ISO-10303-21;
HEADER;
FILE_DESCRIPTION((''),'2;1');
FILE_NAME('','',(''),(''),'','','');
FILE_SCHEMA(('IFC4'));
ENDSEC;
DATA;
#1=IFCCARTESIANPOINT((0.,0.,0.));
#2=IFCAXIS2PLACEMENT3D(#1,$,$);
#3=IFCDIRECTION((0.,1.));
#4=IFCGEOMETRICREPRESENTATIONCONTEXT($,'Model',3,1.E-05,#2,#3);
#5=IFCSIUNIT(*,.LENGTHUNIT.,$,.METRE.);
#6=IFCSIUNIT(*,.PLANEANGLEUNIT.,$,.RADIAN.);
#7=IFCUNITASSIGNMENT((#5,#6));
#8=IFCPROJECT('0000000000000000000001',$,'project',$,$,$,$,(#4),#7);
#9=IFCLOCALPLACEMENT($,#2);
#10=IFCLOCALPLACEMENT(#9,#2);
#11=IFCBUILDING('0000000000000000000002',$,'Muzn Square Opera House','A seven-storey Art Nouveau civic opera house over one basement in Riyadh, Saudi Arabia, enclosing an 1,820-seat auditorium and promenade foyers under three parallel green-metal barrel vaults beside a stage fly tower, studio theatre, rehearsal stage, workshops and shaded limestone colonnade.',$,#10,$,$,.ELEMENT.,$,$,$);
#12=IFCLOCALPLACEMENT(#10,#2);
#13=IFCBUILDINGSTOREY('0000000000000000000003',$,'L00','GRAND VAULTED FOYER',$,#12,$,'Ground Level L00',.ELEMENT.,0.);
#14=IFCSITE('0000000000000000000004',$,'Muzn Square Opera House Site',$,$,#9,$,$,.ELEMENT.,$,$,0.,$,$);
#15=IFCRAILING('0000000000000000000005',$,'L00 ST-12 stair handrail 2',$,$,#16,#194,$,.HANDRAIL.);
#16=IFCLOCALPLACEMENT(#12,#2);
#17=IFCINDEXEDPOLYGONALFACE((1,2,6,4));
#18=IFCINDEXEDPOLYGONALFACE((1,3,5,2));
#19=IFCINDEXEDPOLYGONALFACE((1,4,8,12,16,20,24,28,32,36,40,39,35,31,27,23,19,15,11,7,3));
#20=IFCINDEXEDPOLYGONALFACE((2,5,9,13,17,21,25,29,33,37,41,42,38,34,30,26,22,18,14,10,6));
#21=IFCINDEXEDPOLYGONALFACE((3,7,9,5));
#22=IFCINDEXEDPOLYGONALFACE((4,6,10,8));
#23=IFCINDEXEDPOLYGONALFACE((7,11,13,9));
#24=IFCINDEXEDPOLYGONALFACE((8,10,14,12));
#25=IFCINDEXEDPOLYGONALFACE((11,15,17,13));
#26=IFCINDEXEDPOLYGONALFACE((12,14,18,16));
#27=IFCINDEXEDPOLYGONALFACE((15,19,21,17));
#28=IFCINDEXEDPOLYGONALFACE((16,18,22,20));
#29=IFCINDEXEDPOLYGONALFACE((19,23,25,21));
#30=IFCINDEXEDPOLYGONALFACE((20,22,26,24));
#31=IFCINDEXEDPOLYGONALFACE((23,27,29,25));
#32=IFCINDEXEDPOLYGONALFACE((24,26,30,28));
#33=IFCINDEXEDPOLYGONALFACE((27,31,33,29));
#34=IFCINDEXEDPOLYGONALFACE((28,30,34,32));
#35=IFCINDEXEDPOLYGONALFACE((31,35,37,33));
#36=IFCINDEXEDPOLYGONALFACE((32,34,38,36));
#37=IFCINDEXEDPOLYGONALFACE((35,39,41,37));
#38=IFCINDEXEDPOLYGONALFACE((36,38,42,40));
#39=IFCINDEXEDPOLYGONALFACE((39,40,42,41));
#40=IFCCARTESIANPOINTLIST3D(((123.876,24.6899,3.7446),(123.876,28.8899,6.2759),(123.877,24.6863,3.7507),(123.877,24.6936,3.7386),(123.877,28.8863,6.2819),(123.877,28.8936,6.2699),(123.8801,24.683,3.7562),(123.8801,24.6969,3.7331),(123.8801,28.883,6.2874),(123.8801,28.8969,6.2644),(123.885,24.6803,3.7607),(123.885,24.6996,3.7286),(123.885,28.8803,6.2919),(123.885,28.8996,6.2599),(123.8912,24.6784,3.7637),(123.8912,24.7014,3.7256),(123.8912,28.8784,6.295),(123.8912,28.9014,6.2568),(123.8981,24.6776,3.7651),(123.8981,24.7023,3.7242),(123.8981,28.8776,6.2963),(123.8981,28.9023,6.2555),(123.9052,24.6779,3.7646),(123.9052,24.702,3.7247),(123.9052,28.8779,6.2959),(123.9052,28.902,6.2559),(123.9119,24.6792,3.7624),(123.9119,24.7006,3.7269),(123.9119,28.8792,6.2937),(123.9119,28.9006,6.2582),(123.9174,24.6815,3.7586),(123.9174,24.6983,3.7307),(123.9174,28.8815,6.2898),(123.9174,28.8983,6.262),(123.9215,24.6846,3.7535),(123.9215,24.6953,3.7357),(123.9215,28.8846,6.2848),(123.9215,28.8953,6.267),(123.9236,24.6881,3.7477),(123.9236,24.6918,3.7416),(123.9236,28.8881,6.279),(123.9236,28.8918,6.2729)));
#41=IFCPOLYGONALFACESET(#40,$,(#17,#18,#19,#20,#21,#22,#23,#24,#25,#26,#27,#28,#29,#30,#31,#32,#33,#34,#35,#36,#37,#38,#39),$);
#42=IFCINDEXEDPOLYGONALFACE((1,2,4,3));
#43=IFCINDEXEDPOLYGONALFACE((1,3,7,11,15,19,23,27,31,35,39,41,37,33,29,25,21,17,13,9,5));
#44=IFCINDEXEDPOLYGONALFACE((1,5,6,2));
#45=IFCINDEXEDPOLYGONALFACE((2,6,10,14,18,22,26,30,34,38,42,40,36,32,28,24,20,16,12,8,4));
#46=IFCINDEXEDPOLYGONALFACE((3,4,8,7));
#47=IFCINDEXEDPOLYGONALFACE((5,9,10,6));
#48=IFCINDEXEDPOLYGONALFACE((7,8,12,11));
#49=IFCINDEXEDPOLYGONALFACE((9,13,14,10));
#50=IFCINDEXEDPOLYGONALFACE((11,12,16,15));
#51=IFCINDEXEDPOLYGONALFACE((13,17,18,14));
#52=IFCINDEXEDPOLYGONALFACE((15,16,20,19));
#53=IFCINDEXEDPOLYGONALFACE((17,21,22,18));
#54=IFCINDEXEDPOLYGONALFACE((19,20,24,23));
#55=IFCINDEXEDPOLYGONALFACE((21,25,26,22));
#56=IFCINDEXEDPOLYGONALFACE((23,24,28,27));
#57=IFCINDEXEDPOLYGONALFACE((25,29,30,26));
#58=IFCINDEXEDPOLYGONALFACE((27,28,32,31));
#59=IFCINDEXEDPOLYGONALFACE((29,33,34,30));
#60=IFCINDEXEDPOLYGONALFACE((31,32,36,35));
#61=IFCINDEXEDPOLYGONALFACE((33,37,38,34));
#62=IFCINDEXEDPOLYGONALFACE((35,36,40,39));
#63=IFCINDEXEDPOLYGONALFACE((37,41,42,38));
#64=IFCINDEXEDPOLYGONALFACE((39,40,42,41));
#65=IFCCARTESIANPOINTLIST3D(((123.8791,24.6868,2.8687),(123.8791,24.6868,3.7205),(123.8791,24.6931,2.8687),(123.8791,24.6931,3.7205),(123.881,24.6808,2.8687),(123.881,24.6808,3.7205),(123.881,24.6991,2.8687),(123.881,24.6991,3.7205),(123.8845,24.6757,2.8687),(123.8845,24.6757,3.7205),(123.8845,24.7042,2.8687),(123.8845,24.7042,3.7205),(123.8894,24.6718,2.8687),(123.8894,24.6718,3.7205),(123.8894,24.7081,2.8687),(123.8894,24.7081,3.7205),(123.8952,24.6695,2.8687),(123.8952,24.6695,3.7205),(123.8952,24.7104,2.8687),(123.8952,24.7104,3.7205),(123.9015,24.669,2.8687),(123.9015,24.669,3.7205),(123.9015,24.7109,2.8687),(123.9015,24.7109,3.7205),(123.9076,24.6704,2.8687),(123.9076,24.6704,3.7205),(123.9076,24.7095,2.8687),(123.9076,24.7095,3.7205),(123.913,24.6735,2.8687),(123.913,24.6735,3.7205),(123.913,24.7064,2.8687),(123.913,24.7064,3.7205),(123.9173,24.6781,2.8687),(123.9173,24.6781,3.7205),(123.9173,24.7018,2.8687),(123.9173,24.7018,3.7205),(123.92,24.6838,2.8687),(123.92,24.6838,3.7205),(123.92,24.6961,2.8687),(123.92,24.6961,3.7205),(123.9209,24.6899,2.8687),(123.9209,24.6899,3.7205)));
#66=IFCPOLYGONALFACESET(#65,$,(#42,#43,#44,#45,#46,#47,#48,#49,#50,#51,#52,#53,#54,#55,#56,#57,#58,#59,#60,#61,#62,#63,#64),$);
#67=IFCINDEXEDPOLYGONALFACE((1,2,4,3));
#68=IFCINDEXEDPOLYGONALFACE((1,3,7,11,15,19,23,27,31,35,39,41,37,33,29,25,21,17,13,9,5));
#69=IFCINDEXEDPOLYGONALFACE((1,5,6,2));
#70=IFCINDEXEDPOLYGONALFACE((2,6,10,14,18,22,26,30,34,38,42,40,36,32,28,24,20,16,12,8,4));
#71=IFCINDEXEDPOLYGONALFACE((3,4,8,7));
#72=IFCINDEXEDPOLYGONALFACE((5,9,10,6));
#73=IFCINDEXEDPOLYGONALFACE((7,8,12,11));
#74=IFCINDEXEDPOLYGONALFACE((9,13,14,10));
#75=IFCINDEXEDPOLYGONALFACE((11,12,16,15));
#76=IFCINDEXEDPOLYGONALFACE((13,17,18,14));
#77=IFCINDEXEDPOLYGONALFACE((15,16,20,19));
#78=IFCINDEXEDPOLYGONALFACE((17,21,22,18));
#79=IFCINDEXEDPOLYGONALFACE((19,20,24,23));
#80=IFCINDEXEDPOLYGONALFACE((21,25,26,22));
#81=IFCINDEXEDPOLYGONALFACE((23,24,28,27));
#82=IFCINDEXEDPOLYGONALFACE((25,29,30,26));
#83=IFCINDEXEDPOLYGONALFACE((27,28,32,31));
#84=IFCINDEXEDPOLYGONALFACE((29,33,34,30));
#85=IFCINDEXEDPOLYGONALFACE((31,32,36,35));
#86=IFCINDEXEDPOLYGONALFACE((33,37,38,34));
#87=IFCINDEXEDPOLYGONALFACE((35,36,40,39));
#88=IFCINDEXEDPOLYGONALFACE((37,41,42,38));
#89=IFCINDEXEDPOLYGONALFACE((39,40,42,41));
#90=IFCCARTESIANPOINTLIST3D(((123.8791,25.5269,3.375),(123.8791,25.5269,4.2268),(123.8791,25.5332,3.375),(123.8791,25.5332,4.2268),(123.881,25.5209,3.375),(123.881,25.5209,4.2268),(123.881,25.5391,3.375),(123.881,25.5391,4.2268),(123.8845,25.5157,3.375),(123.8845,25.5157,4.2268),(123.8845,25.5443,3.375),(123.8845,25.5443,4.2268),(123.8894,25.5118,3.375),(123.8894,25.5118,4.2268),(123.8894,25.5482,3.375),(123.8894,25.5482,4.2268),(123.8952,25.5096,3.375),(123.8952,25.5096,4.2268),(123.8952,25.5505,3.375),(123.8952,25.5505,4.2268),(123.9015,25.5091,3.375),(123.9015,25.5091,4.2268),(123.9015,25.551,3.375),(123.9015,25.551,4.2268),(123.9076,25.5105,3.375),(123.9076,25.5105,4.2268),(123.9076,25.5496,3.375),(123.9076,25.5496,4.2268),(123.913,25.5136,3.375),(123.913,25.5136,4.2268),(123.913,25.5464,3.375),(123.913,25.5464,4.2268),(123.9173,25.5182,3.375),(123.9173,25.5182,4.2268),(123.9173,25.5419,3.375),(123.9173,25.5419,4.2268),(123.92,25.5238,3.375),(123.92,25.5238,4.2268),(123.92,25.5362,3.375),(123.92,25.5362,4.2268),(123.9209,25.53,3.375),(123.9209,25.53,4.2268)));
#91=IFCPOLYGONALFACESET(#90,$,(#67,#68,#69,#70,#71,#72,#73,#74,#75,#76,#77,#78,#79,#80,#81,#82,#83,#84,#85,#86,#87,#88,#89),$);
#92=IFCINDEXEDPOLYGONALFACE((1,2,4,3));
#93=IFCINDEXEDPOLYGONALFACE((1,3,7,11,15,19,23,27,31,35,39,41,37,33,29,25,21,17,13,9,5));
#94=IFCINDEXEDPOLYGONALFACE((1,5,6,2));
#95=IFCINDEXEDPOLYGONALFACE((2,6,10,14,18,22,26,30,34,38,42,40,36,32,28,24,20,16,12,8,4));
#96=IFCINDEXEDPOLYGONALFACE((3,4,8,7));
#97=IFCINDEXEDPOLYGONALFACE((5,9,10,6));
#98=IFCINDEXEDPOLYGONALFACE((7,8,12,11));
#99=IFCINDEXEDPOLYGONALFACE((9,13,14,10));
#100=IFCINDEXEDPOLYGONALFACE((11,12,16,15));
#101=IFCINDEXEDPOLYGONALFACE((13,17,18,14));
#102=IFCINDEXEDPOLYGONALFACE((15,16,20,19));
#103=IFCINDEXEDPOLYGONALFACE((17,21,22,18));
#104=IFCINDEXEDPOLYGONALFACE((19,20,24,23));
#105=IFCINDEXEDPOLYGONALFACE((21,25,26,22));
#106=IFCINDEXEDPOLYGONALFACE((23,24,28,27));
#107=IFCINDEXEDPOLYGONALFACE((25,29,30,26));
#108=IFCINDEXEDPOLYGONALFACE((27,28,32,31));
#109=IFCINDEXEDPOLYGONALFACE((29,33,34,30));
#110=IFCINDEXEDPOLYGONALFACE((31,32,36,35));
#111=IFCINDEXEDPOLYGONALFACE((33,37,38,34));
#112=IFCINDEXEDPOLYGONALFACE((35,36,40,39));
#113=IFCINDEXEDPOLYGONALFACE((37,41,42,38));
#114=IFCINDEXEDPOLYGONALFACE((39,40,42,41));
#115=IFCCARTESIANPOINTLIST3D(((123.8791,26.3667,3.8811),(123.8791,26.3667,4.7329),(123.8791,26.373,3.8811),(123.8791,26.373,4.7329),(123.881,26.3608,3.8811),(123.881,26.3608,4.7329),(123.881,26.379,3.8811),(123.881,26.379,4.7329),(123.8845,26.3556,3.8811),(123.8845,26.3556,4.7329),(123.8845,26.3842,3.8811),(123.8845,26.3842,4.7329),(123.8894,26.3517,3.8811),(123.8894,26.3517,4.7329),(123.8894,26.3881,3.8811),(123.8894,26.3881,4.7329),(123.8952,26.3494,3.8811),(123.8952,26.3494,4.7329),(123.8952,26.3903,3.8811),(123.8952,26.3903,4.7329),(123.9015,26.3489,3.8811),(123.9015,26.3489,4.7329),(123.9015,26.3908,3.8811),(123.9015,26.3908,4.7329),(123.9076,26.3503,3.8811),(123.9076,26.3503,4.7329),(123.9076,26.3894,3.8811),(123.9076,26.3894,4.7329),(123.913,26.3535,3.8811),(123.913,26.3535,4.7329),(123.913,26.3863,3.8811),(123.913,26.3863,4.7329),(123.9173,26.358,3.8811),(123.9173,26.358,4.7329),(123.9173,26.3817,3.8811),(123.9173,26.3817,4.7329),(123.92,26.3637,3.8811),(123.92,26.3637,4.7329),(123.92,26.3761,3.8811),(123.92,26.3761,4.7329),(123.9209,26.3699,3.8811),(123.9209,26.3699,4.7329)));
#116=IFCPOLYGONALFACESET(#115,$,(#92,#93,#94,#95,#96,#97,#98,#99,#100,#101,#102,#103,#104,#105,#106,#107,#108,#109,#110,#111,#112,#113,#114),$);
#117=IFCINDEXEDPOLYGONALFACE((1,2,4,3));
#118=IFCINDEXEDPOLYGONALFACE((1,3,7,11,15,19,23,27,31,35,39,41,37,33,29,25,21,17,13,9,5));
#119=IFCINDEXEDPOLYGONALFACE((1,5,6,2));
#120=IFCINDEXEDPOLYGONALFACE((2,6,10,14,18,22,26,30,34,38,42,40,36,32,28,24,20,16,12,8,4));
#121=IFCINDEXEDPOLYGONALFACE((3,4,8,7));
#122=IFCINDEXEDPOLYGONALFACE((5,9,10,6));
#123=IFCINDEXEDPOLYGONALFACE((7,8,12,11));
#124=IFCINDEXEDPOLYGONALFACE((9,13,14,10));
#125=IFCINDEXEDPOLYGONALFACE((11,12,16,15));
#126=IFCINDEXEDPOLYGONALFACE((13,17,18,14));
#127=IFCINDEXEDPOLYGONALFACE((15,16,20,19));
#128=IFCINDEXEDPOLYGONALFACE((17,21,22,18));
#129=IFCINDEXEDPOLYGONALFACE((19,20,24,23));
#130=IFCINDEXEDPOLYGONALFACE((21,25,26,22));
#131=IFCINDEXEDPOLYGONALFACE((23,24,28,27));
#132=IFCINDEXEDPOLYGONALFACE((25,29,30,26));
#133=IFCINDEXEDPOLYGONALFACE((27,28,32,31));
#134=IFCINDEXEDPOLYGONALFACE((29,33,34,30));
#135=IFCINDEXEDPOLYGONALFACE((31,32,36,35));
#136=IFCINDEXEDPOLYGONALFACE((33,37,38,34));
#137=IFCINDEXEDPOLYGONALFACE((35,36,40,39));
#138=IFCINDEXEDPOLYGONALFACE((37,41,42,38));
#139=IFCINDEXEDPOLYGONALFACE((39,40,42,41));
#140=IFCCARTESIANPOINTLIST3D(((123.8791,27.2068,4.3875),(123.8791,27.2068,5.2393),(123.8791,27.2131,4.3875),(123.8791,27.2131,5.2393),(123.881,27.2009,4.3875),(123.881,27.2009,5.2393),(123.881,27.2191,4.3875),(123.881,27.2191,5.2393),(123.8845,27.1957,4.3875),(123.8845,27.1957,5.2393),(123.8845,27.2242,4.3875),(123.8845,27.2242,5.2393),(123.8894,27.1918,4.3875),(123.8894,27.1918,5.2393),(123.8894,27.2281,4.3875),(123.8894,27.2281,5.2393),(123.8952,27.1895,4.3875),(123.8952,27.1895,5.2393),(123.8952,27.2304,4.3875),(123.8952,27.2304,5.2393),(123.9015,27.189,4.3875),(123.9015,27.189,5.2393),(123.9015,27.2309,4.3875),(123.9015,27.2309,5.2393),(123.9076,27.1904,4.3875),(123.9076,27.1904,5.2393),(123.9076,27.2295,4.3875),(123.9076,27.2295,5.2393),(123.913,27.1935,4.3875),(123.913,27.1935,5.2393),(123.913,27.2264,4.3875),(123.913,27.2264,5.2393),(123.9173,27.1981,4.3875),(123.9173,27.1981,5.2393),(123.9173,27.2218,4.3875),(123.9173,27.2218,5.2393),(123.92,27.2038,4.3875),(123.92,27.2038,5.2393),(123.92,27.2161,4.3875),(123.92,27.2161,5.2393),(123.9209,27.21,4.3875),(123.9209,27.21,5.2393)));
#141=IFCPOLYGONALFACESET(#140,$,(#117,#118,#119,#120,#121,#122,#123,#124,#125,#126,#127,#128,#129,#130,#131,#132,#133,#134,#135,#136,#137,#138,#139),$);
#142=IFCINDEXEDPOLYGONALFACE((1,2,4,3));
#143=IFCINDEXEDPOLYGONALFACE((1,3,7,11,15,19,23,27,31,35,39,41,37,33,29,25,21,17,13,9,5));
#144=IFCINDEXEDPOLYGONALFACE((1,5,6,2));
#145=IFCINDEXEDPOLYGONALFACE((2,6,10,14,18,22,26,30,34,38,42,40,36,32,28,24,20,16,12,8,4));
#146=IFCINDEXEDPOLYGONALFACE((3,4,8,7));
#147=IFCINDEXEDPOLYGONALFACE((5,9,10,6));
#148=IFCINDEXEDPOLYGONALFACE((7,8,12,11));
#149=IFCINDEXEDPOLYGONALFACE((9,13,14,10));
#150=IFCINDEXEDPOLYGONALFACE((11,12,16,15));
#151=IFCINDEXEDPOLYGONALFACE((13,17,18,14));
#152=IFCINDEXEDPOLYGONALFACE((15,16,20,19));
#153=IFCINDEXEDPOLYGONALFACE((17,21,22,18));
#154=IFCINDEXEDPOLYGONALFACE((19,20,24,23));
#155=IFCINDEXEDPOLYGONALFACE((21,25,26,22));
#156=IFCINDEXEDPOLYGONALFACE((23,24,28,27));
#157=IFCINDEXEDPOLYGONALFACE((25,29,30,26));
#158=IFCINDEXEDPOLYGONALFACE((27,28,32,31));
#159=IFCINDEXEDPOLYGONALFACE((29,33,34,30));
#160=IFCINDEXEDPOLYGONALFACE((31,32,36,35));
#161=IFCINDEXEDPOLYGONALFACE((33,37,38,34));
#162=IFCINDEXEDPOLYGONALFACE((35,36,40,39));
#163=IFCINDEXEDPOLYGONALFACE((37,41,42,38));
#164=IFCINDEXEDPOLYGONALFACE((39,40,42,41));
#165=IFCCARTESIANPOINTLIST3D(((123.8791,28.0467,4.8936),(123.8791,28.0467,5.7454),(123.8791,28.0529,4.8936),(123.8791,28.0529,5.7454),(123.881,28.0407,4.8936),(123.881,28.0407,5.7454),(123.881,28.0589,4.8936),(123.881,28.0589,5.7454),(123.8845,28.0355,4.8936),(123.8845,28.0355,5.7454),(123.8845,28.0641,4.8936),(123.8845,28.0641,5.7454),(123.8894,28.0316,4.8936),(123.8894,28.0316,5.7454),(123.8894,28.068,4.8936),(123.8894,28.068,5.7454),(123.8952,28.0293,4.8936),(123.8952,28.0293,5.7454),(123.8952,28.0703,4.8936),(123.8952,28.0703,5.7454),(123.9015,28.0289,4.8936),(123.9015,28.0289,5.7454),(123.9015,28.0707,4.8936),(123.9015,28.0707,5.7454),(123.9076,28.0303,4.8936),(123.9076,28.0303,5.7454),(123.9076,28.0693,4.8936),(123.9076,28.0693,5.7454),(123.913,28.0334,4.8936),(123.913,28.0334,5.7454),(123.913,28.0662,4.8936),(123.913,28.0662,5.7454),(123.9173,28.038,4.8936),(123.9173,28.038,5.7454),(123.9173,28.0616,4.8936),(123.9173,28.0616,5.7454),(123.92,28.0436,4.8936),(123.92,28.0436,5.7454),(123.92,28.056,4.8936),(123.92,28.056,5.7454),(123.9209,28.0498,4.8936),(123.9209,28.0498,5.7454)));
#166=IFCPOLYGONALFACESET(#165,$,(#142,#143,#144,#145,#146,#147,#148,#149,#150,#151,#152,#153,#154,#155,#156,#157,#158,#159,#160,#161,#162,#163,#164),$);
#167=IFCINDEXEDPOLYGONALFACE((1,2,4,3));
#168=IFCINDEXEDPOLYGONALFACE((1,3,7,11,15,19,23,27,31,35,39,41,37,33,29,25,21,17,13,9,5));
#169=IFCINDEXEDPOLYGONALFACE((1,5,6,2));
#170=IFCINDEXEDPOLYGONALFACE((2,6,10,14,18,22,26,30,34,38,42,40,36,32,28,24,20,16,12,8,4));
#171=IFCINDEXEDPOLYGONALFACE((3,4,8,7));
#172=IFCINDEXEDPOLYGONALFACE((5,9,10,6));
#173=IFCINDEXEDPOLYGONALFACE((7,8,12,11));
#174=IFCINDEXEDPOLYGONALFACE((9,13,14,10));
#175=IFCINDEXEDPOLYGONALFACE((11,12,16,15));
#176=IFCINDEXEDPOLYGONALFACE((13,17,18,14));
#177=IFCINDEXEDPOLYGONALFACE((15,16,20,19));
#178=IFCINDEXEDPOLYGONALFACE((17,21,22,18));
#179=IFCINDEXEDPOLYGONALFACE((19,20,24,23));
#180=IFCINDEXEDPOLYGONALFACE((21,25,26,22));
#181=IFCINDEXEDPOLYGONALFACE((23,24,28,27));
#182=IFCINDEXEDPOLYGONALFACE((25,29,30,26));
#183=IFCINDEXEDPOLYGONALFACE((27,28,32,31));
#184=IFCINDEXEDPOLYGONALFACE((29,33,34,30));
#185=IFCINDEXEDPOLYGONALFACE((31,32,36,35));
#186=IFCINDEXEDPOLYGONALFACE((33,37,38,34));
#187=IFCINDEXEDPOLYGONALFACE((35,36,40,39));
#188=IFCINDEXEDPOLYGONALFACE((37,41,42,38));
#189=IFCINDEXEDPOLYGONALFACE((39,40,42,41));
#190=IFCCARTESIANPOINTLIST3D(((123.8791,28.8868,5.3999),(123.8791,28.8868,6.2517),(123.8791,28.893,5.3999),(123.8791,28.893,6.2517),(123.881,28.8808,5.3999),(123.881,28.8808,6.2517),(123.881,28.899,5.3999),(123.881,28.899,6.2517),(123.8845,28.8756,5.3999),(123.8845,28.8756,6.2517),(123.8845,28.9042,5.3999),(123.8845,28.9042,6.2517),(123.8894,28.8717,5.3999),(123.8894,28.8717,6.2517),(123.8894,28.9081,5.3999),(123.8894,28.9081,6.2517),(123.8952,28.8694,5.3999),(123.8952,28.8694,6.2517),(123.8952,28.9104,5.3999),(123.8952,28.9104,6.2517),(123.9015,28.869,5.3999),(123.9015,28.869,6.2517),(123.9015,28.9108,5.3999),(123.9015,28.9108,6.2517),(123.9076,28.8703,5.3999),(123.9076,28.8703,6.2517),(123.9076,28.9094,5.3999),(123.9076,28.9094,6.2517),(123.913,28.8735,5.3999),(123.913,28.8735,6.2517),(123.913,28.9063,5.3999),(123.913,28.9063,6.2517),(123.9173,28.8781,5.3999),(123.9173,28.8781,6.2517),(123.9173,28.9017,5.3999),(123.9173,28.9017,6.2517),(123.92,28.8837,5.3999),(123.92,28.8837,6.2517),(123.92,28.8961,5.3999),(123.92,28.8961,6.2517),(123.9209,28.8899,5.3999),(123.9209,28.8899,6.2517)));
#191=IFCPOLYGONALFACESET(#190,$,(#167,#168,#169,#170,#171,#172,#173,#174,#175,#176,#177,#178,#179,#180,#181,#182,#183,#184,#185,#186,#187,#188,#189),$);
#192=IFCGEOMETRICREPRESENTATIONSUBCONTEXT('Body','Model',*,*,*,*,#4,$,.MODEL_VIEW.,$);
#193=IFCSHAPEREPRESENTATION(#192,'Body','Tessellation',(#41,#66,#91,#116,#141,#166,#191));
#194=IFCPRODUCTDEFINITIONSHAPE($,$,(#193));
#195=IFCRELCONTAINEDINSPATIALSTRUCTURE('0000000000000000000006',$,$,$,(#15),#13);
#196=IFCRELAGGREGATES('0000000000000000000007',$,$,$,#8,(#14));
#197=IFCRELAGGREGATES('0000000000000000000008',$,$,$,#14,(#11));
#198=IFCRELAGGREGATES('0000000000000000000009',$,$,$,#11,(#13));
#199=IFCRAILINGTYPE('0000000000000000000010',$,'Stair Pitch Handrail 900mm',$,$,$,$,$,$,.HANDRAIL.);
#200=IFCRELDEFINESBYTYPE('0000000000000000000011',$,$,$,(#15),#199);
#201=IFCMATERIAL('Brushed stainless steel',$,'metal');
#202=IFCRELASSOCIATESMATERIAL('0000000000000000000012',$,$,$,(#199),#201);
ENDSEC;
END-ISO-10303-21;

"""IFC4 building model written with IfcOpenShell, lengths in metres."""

from ifc_helpers import new_model, si_unit, direction, frame, origin, origin_2d, place, context, subcontext, project, spatial, circle, extrude, material, type_object, element, save


model = new_model("IFC4")

# Units and contexts
model_context = context("Model", 3, precision=1e-05, world=origin(), true_north=direction((0.0, 1.0)))
body_context = subcontext(model_context, "Body", "Model", "MODEL_VIEW")
ifc_project = project(units=[si_unit("LENGTHUNIT", "METRE"), si_unit("PLANEANGLEUNIT", "RADIAN")], contexts=[model_context])

# Site, building, storey
site_placement = place(None, origin())
site = spatial("IfcSite", under=ifc_project, at=site_placement, Name="Muzn Square Opera House Site", CompositionType="ELEMENT", RefElevation=0.0)
building_placement = place(site_placement, origin())
building = spatial("IfcBuilding", under=site, at=building_placement, Name="Muzn Square Opera House", Description="A seven-storey Art Nouveau civic opera house over one basement in Riyadh, Saudi Arabia, enclosing an 1,820-seat auditorium and promenade foyers under three parallel green-metal barrel vaults beside a stage fly tower, studio theatre, rehearsal stage, workshops and shaded limestone colonnade.", CompositionType="ELEMENT")
storey_placement = place(building_placement, origin())
storey = spatial("IfcBuildingStorey", under=building, at=storey_placement, Name="L00", Description="GRAND VAULTED FOYER", LongName="Ground Level L00", CompositionType="ELEMENT", Elevation=0.0)

# Railing
ifc_material_1 = material(Name="Brushed stainless steel", Category="metal")
railing_type_1 = type_object("IfcRailingType", Name="Stair Pitch Handrail 900mm", PredefinedType="HANDRAIL", material=ifc_material_1)
railing_1_placement = place(storey_placement, frame((123.8999, 24.6899, 2.8687)))
element("IfcRailing", 1, at=railing_1_placement, inside=storey, type_object=railing_type_1, Name="L00 ST-12 stair handrail 2", PredefinedType="HANDRAIL", context=body_context, shape_type="SweptSolid", body=[
    extrude(circle(Radius=0.0239, at=origin_2d()), frame((0.0, 0.0, 0.876), z_axis=(0.0, 0.856476, 0.516186), x_axis=(-1.0, 0.0, 0.0)), (0.0, 0.0, 1.0), 4.9038),
    extrude(circle(Radius=0.021, at=origin_2d()), origin(), (0.0, 0.0, 1.0), 0.8518),
    extrude(circle(Radius=0.021, at=origin_2d()), frame((0.0, 0.8401, 0.5063)), (0.0, 0.0, 1.0), 0.8518),
    extrude(circle(Radius=0.021, at=origin_2d()), frame((0.0, 1.6799, 1.0125)), (0.0, 0.0, 1.0), 0.8518),
    extrude(circle(Radius=0.021, at=origin_2d()), frame((0.0, 2.52, 1.5188)), (0.0, 0.0, 1.0), 0.8518),
    extrude(circle(Radius=0.021, at=origin_2d()), frame((0.0, 3.3599, 2.0249)), (0.0, 0.0, 1.0), 0.8518),
    extrude(circle(Radius=0.021, at=origin_2d()), frame((0.0, 4.2, 2.5312)), (0.0, 0.0, 1.0), 0.8518),
])

save(model, "model.ifc")
